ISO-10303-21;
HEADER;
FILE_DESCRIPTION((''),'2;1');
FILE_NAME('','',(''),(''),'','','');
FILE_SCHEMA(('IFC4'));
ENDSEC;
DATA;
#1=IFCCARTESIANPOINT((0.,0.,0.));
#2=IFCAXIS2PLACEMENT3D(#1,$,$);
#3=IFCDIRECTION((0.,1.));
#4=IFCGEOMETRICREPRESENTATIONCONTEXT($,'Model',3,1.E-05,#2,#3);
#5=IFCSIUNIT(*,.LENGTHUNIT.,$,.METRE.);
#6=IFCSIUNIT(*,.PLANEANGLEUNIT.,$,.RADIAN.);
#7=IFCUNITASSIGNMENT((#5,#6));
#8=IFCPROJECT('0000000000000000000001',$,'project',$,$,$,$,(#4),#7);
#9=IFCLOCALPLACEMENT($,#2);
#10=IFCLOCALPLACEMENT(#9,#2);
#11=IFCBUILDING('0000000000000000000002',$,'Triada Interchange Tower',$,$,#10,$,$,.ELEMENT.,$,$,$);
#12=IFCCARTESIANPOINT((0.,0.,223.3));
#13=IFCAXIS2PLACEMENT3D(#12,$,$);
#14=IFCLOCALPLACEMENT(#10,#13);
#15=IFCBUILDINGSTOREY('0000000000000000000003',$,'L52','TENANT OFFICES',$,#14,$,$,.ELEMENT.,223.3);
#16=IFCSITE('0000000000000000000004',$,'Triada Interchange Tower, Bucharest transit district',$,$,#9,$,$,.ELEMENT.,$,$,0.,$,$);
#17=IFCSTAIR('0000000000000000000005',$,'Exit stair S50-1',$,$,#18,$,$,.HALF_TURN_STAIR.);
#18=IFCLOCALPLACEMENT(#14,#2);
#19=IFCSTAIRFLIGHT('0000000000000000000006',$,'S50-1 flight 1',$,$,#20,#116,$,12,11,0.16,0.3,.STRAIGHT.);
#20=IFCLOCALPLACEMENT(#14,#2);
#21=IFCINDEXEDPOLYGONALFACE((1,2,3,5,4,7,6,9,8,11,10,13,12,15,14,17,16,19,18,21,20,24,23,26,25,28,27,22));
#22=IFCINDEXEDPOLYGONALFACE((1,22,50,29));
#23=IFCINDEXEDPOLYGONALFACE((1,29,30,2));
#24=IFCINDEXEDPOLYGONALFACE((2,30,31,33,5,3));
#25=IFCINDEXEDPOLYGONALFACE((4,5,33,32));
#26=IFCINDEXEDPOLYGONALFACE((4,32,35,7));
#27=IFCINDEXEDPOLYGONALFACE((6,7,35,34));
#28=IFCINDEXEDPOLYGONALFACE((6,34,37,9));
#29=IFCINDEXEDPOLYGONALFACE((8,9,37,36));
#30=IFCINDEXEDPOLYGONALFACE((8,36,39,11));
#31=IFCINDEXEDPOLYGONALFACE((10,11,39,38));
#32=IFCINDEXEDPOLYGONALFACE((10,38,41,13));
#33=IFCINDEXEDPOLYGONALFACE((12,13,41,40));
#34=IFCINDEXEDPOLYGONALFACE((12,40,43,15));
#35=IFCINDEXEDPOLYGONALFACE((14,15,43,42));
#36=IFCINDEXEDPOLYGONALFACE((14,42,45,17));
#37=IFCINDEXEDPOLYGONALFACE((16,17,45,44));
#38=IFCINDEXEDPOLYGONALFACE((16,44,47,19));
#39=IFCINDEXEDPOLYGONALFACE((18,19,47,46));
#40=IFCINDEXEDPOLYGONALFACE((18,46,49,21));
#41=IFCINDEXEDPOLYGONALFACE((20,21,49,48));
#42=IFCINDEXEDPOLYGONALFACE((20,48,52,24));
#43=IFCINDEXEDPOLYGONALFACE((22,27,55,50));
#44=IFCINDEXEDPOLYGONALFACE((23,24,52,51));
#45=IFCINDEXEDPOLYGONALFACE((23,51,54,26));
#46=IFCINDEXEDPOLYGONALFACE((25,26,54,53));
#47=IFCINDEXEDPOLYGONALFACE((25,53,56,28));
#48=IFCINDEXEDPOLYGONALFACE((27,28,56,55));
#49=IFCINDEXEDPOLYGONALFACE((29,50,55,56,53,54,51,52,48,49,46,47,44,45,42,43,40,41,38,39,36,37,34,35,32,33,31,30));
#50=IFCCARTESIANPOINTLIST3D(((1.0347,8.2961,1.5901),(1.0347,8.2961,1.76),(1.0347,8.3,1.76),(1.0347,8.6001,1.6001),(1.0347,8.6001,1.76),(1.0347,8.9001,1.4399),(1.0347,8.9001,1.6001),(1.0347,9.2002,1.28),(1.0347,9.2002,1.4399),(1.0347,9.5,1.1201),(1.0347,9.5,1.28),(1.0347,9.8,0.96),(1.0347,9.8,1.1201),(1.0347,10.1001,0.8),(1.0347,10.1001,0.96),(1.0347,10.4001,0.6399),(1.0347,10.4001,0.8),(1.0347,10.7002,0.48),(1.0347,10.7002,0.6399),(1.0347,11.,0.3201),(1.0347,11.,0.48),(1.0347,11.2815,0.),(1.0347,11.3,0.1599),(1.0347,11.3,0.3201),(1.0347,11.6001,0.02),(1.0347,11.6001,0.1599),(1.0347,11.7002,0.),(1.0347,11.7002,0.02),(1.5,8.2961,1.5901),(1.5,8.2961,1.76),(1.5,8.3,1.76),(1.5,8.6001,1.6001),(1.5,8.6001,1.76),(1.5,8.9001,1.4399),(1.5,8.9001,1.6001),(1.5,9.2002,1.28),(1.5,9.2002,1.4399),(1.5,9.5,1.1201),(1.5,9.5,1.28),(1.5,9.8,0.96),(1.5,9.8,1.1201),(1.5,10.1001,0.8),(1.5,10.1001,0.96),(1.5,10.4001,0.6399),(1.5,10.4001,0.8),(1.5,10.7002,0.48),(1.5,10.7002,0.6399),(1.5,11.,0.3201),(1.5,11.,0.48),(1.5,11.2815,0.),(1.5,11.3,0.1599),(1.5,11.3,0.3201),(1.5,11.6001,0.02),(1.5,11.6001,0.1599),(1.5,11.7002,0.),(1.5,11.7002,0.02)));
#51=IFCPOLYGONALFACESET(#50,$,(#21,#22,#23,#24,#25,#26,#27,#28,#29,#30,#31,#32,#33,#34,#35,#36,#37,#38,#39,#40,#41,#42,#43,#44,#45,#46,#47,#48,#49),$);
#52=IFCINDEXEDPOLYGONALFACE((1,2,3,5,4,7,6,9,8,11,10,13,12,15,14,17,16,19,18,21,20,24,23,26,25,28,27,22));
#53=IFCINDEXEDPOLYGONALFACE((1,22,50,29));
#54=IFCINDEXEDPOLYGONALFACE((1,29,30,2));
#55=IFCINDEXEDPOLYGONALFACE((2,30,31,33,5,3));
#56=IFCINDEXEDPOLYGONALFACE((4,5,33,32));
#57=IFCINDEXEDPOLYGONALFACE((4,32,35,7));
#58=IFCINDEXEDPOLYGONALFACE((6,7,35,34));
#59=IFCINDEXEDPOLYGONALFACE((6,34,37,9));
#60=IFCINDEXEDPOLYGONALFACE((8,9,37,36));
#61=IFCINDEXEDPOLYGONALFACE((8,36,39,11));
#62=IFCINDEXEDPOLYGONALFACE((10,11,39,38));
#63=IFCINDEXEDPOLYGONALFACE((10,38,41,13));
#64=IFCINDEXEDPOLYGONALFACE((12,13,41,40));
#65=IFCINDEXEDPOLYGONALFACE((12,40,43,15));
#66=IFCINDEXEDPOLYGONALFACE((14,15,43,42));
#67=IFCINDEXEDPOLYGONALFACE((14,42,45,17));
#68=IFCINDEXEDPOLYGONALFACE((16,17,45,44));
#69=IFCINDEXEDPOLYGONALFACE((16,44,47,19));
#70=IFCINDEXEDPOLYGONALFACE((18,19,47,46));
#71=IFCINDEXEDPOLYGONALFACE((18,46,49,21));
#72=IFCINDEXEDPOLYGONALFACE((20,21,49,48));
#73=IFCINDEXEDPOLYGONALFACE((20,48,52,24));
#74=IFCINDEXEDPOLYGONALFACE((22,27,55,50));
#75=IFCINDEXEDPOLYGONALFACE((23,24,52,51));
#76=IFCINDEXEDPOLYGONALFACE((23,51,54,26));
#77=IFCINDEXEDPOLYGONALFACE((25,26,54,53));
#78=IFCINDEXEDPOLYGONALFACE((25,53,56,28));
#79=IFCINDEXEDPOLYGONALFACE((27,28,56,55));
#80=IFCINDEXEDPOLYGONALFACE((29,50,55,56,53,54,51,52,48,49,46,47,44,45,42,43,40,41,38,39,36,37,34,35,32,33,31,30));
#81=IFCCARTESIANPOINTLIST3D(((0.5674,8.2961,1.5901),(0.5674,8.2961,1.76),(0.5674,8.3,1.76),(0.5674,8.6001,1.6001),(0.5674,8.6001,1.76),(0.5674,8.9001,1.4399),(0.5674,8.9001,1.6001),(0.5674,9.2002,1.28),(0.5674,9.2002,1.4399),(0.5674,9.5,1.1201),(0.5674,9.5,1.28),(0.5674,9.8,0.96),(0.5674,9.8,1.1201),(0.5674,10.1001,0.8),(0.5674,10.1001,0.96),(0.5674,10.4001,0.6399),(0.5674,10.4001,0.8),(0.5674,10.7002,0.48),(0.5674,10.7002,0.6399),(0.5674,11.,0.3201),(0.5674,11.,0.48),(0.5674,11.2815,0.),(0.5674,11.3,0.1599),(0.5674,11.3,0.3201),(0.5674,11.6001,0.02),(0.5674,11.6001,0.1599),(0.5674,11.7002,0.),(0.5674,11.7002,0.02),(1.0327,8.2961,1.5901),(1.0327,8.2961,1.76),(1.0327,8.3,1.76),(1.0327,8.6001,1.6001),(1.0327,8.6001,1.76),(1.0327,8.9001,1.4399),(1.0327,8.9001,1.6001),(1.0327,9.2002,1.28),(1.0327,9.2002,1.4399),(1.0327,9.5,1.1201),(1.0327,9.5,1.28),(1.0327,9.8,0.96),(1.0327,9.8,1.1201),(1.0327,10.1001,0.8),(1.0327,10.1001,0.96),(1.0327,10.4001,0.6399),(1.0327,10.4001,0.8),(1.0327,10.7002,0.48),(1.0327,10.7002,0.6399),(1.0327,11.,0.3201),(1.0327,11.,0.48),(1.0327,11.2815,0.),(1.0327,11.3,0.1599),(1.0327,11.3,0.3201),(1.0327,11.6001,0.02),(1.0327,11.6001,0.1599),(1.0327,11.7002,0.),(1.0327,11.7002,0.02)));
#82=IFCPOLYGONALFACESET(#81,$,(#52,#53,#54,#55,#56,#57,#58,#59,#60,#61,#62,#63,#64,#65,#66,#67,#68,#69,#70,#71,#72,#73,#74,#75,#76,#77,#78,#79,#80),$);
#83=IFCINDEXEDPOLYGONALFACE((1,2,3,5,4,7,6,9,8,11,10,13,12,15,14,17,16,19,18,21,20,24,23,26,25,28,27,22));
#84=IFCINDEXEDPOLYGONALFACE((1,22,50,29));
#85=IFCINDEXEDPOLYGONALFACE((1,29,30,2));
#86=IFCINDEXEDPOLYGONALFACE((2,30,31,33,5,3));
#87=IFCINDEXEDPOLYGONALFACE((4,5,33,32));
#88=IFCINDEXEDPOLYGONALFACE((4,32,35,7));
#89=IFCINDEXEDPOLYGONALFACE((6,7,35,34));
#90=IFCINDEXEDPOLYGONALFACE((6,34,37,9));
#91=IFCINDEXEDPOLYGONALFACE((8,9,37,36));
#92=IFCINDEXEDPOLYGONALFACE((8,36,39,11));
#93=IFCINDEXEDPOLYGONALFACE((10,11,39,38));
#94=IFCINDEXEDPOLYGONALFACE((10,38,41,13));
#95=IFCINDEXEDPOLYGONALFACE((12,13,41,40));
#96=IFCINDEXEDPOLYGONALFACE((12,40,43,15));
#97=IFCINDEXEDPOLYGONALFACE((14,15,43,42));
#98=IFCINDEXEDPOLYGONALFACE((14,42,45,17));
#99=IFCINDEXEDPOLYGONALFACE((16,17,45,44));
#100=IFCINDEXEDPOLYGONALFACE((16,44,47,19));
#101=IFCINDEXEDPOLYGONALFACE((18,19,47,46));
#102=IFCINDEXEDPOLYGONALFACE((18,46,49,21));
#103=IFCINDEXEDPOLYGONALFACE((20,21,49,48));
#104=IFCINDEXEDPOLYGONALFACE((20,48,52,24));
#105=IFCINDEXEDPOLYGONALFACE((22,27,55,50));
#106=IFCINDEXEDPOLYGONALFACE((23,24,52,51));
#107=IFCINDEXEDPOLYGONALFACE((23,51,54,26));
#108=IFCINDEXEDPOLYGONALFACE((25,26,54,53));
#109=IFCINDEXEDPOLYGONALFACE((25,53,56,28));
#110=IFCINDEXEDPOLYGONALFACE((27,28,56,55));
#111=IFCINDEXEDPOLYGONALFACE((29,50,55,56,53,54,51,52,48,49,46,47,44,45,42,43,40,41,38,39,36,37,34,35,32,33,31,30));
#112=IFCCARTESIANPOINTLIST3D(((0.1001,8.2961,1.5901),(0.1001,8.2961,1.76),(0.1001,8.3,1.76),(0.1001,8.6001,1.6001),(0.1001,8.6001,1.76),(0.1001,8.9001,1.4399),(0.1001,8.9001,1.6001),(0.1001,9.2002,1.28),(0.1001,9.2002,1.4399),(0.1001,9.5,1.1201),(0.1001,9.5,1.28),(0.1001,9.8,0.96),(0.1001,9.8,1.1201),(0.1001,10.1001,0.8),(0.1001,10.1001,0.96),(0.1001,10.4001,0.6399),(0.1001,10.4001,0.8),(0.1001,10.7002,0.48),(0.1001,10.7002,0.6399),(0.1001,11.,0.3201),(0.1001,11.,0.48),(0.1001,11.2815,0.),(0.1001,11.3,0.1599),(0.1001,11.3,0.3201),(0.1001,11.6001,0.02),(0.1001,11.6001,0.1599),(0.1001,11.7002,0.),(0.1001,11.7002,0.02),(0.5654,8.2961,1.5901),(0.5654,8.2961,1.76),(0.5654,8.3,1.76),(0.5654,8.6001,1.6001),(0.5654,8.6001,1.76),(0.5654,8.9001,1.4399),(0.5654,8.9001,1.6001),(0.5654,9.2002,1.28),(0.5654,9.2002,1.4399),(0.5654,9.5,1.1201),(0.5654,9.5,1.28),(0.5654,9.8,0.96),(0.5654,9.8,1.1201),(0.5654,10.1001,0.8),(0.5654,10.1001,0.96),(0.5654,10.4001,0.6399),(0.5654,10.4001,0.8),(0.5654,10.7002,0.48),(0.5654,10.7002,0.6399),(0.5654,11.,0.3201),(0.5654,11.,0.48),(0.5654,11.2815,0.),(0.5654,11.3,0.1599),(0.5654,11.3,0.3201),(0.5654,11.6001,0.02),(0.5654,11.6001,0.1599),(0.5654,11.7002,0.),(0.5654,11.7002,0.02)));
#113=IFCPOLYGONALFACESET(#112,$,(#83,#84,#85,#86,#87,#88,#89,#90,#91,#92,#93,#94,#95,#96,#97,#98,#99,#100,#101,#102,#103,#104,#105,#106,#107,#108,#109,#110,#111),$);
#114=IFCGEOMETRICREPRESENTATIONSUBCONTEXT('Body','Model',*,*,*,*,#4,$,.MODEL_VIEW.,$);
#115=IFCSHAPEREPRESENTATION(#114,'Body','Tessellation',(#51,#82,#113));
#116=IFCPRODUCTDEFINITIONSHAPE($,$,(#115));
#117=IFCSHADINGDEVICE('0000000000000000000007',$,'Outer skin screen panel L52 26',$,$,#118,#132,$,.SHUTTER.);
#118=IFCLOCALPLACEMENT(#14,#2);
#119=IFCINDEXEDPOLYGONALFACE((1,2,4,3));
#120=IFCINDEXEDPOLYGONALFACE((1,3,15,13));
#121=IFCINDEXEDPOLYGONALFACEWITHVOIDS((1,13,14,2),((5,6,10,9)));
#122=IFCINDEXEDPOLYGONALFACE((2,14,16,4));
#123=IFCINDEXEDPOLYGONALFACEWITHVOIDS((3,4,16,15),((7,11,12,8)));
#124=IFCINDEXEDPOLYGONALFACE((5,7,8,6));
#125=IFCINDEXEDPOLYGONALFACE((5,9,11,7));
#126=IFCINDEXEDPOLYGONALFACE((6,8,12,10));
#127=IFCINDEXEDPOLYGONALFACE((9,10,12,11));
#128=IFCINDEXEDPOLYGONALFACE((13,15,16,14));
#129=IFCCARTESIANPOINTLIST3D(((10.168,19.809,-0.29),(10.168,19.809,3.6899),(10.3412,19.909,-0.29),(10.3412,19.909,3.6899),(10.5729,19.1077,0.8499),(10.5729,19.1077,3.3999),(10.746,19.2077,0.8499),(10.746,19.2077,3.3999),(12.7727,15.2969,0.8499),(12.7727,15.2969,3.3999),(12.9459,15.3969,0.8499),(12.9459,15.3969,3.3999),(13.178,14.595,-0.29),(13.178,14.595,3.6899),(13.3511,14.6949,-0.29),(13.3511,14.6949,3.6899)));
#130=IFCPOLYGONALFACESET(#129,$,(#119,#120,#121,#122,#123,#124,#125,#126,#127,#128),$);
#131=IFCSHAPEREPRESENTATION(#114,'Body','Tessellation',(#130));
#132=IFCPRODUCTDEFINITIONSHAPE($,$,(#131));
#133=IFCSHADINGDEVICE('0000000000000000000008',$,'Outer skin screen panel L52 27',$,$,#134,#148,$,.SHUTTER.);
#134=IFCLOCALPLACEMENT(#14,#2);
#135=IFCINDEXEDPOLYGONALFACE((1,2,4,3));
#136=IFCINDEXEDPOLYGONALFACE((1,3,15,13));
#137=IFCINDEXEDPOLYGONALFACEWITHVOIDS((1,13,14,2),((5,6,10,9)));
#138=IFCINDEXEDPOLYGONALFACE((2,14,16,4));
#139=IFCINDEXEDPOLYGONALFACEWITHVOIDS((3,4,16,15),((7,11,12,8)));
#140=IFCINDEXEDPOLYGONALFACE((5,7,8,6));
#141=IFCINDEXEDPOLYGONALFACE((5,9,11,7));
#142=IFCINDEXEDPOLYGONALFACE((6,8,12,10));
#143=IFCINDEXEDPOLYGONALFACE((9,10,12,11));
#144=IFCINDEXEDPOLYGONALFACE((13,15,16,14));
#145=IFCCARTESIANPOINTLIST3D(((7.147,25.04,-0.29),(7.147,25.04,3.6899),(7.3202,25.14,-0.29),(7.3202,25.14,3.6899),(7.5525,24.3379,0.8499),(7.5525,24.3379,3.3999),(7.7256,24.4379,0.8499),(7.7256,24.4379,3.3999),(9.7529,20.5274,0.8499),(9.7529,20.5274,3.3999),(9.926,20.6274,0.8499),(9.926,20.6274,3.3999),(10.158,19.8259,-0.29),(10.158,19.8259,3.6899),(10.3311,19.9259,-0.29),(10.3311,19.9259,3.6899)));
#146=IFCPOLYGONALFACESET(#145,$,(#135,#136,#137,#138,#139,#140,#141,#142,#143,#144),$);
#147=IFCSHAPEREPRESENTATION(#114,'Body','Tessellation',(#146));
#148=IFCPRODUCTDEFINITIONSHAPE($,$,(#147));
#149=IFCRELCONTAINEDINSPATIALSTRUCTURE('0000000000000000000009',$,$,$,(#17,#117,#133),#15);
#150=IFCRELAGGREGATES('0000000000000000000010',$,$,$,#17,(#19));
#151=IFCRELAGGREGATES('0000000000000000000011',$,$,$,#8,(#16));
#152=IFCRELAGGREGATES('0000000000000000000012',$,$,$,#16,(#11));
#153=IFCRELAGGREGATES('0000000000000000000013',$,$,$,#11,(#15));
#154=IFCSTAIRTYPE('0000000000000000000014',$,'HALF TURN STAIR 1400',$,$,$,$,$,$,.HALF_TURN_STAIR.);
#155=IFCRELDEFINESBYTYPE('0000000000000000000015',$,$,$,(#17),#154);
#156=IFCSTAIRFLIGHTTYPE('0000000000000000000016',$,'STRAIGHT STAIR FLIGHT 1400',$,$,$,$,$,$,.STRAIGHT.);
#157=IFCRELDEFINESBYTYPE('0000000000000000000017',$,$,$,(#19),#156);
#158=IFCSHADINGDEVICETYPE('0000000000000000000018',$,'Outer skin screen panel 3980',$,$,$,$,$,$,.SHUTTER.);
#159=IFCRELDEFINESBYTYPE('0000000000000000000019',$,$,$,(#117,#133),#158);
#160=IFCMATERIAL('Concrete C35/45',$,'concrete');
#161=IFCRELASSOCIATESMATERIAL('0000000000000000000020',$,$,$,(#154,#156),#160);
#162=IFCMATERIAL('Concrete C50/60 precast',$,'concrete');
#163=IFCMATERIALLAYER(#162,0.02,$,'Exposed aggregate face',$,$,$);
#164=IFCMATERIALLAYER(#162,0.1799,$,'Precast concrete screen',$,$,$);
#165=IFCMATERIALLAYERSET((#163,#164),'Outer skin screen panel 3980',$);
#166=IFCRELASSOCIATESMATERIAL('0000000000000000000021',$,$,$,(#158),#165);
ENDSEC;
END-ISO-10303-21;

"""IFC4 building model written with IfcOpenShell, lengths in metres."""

from ifc_helpers import new_model, si_unit, direction, frame, origin, place, context, subcontext, project, spatial, polyline, outline, extrude, material, layer, layer_set, type_object, element, aggregate, save


model = new_model("IFC4")

# Units and contexts
model_context = context("Model", 3, precision=1e-05, world=origin(), true_north=direction((0.0, 1.0)))
body_context = subcontext(model_context, "Body", "Model", "MODEL_VIEW")
ifc_project = project(units=[si_unit("LENGTHUNIT", "METRE"), si_unit("PLANEANGLEUNIT", "RADIAN")], contexts=[model_context])

# Site, building, storey
site_placement = place(None, origin())
site = spatial("IfcSite", under=ifc_project, at=site_placement, Name="Triada Interchange Tower, Bucharest transit district", CompositionType="ELEMENT", RefElevation=0.0)
building_placement = place(site_placement, origin())
building = spatial("IfcBuilding", under=site, at=building_placement, Name="Triada Interchange Tower", CompositionType="ELEMENT")
storey_placement = place(building_placement, frame((0.0, 0.0, 223.3)))
storey = spatial("IfcBuildingStorey", under=building, at=storey_placement, Name="L52", Description="TENANT OFFICES", CompositionType="ELEMENT", Elevation=223.3)

# Stair, stair flight
ifc_material_1 = material(Name="Concrete C35/45", Category="concrete")
stair_type = type_object("IfcStairType", Name="HALF TURN STAIR 1400", PredefinedType="HALF_TURN_STAIR", material=ifc_material_1)
stair_placement = place(storey_placement, origin())
stair = element("IfcStair", 1, at=stair_placement, inside=storey, type_object=stair_type, Name="Exit stair S50-1", PredefinedType="HALF_TURN_STAIR")
stair_flight_type = type_object("IfcStairFlightType", Name="STRAIGHT STAIR FLIGHT 1400", PredefinedType="STRAIGHT", material=ifc_material_1)
stair_flight_placement = place(storey_placement, frame((0.8, 11.6001, 0.0), z_axis=(0.0, 0.0, 1.0), x_axis=(0.0, -1.0, 0.0)))
stair_flight = element("IfcStairFlight", 2, at=stair_flight_placement, type_object=stair_flight_type, Name="S50-1 flight 1", NumberOfRisers=12, NumberOfTreads=11, PredefinedType="STRAIGHT", RiserHeight=0.16, TreadLength=0.3, context=body_context, shape_type="SweptSolid", body=[
    extrude(outline(polyline([(-0.1001, 0.0), (-0.1001, 0.02), (0.0, 0.02), (0.0, 0.1599), (0.3, 0.1599), (0.3, 0.3201), (0.6001, 0.3201), (0.6001, 0.48), (0.8999, 0.48), (0.8999, 0.6399), (1.2, 0.6399), (1.2, 0.8), (1.5, 0.8), (1.5, 0.96), (1.8, 0.96), (1.8, 1.1201), (2.1001, 1.1201), (2.1001, 1.28), (2.3999, 1.28), (2.3999, 1.4399), (2.7, 1.4399), (2.7, 1.6001), (3.0, 1.6001), (3.0, 1.76), (3.3, 1.76), (3.304, 1.76), (3.304, 1.9199), (3.304, 1.5901), (0.3186, 0.0), (-0.1001, 0.0)])), frame((0.0, 0.7, 0.0), z_axis=(0.0, -1.0, 0.0), x_axis=(1.0, 0.0, 0.0)), (0.0, 0.0, 1.0), 0.4653),
    extrude(outline(polyline([(-0.1001, 0.0), (-0.1001, 0.02), (0.0, 0.02), (0.0, 0.1599), (0.3, 0.1599), (0.3, 0.3201), (0.6001, 0.3201), (0.6001, 0.48), (0.8999, 0.48), (0.8999, 0.6399), (1.2, 0.6399), (1.2, 0.8), (1.5, 0.8), (1.5, 0.96), (1.8, 0.96), (1.8, 1.1201), (2.1001, 1.1201), (2.1001, 1.28), (2.3999, 1.28), (2.3999, 1.4399), (2.7, 1.4399), (2.7, 1.6001), (3.0, 1.6001), (3.0, 1.76), (3.3, 1.76), (3.304, 1.76), (3.304, 1.9199), (3.304, 1.5901), (0.3186, 0.0), (-0.1001, 0.0)])), frame((0.0, 0.2327, 0.0), z_axis=(0.0, -1.0, 0.0), x_axis=(1.0, 0.0, 0.0)), (0.0, 0.0, 1.0), 0.4653),
    extrude(outline(polyline([(-0.1001, 0.0), (-0.1001, 0.02), (0.0, 0.02), (0.0, 0.1599), (0.3, 0.1599), (0.3, 0.3201), (0.6001, 0.3201), (0.6001, 0.48), (0.8999, 0.48), (0.8999, 0.6399), (1.2, 0.6399), (1.2, 0.8), (1.5, 0.8), (1.5, 0.96), (1.8, 0.96), (1.8, 1.1201), (2.1001, 1.1201), (2.1001, 1.28), (2.3999, 1.28), (2.3999, 1.4399), (2.7, 1.4399), (2.7, 1.6001), (3.0, 1.6001), (3.0, 1.76), (3.3, 1.76), (3.304, 1.76), (3.304, 1.9199), (3.304, 1.5901), (0.3186, 0.0), (-0.1001, 0.0)])), frame((0.0, -0.2346, 0.0), z_axis=(0.0, -1.0, 0.0), x_axis=(1.0, 0.0, 0.0)), (0.0, 0.0, 1.0), 0.4653),
])

# Shading devices
ifc_material_2 = material(Name="Concrete C50/60 precast", Category="concrete")
ifc_layer_1 = layer(ifc_material_2, 0.02, Name="Exposed aggregate face")
ifc_layer_2 = layer(ifc_material_2, 0.1799, Name="Precast concrete screen")
ifc_layer_set_1 = layer_set([ifc_layer_1, ifc_layer_2], Name="Outer skin screen panel 3980")
shading_device_type = type_object("IfcShadingDeviceType", Name="Outer skin screen panel 3980", PredefinedType="SHUTTER", material=ifc_layer_set_1)
shading_device_1_placement = place(storey_placement, frame((13.178, 14.595, -0.29), z_axis=(0.0, 0.0, 1.0), x_axis=(-0.499955, 0.866051, 0.0)))
element("IfcShadingDevice", 3, at=shading_device_1_placement, inside=storey, type_object=shading_device_type, Name="Outer skin screen panel L52 26", PredefinedType="SHUTTER", context=body_context, shape_type="SweptSolid", body=[
    extrude(outline(polyline([(0.0, 0.0), (6.0205, 0.0), (6.0205, 3.98), (0.0, 3.98), (0.0, 0.0)]), holes=[polyline([(0.8105, 1.1399), (0.8105, 3.6899), (5.2107, 3.6899), (5.2107, 1.1399), (0.8105, 1.1399)])]), frame((0.0, 0.0, 0.0), z_axis=(0.0, -1.0, 0.0), x_axis=(1.0, 0.0, 0.0)), (0.0, 0.0, 1.0), 0.2),
])
shading_device_2_placement = place(storey_placement, frame((10.158, 19.8259, -0.29), z_axis=(0.0, 0.0, 1.0), x_axis=(-0.500077, 0.865981, 0.0)))
element("IfcShadingDevice", 4, at=shading_device_2_placement, inside=storey, type_object=shading_device_type, Name="Outer skin screen panel L52 27", PredefinedType="SHUTTER", context=body_context, shape_type="SweptSolid", body=[
    extrude(outline(polyline([(0.0, 0.0), (6.021, 0.0), (6.021, 3.98), (0.0, 3.98), (0.0, 0.0)]), holes=[polyline([(0.8101, 1.1399), (0.8101, 3.6899), (5.2102, 3.6899), (5.2102, 1.1399), (0.8101, 1.1399)])]), frame((0.0, 0.0, 0.0), z_axis=(0.0, -1.0, 0.0), x_axis=(1.0, 0.0, 0.0)), (0.0, 0.0, 1.0), 0.2),
])

aggregate(stair, [stair_flight])

save(model, "model.ifc")
